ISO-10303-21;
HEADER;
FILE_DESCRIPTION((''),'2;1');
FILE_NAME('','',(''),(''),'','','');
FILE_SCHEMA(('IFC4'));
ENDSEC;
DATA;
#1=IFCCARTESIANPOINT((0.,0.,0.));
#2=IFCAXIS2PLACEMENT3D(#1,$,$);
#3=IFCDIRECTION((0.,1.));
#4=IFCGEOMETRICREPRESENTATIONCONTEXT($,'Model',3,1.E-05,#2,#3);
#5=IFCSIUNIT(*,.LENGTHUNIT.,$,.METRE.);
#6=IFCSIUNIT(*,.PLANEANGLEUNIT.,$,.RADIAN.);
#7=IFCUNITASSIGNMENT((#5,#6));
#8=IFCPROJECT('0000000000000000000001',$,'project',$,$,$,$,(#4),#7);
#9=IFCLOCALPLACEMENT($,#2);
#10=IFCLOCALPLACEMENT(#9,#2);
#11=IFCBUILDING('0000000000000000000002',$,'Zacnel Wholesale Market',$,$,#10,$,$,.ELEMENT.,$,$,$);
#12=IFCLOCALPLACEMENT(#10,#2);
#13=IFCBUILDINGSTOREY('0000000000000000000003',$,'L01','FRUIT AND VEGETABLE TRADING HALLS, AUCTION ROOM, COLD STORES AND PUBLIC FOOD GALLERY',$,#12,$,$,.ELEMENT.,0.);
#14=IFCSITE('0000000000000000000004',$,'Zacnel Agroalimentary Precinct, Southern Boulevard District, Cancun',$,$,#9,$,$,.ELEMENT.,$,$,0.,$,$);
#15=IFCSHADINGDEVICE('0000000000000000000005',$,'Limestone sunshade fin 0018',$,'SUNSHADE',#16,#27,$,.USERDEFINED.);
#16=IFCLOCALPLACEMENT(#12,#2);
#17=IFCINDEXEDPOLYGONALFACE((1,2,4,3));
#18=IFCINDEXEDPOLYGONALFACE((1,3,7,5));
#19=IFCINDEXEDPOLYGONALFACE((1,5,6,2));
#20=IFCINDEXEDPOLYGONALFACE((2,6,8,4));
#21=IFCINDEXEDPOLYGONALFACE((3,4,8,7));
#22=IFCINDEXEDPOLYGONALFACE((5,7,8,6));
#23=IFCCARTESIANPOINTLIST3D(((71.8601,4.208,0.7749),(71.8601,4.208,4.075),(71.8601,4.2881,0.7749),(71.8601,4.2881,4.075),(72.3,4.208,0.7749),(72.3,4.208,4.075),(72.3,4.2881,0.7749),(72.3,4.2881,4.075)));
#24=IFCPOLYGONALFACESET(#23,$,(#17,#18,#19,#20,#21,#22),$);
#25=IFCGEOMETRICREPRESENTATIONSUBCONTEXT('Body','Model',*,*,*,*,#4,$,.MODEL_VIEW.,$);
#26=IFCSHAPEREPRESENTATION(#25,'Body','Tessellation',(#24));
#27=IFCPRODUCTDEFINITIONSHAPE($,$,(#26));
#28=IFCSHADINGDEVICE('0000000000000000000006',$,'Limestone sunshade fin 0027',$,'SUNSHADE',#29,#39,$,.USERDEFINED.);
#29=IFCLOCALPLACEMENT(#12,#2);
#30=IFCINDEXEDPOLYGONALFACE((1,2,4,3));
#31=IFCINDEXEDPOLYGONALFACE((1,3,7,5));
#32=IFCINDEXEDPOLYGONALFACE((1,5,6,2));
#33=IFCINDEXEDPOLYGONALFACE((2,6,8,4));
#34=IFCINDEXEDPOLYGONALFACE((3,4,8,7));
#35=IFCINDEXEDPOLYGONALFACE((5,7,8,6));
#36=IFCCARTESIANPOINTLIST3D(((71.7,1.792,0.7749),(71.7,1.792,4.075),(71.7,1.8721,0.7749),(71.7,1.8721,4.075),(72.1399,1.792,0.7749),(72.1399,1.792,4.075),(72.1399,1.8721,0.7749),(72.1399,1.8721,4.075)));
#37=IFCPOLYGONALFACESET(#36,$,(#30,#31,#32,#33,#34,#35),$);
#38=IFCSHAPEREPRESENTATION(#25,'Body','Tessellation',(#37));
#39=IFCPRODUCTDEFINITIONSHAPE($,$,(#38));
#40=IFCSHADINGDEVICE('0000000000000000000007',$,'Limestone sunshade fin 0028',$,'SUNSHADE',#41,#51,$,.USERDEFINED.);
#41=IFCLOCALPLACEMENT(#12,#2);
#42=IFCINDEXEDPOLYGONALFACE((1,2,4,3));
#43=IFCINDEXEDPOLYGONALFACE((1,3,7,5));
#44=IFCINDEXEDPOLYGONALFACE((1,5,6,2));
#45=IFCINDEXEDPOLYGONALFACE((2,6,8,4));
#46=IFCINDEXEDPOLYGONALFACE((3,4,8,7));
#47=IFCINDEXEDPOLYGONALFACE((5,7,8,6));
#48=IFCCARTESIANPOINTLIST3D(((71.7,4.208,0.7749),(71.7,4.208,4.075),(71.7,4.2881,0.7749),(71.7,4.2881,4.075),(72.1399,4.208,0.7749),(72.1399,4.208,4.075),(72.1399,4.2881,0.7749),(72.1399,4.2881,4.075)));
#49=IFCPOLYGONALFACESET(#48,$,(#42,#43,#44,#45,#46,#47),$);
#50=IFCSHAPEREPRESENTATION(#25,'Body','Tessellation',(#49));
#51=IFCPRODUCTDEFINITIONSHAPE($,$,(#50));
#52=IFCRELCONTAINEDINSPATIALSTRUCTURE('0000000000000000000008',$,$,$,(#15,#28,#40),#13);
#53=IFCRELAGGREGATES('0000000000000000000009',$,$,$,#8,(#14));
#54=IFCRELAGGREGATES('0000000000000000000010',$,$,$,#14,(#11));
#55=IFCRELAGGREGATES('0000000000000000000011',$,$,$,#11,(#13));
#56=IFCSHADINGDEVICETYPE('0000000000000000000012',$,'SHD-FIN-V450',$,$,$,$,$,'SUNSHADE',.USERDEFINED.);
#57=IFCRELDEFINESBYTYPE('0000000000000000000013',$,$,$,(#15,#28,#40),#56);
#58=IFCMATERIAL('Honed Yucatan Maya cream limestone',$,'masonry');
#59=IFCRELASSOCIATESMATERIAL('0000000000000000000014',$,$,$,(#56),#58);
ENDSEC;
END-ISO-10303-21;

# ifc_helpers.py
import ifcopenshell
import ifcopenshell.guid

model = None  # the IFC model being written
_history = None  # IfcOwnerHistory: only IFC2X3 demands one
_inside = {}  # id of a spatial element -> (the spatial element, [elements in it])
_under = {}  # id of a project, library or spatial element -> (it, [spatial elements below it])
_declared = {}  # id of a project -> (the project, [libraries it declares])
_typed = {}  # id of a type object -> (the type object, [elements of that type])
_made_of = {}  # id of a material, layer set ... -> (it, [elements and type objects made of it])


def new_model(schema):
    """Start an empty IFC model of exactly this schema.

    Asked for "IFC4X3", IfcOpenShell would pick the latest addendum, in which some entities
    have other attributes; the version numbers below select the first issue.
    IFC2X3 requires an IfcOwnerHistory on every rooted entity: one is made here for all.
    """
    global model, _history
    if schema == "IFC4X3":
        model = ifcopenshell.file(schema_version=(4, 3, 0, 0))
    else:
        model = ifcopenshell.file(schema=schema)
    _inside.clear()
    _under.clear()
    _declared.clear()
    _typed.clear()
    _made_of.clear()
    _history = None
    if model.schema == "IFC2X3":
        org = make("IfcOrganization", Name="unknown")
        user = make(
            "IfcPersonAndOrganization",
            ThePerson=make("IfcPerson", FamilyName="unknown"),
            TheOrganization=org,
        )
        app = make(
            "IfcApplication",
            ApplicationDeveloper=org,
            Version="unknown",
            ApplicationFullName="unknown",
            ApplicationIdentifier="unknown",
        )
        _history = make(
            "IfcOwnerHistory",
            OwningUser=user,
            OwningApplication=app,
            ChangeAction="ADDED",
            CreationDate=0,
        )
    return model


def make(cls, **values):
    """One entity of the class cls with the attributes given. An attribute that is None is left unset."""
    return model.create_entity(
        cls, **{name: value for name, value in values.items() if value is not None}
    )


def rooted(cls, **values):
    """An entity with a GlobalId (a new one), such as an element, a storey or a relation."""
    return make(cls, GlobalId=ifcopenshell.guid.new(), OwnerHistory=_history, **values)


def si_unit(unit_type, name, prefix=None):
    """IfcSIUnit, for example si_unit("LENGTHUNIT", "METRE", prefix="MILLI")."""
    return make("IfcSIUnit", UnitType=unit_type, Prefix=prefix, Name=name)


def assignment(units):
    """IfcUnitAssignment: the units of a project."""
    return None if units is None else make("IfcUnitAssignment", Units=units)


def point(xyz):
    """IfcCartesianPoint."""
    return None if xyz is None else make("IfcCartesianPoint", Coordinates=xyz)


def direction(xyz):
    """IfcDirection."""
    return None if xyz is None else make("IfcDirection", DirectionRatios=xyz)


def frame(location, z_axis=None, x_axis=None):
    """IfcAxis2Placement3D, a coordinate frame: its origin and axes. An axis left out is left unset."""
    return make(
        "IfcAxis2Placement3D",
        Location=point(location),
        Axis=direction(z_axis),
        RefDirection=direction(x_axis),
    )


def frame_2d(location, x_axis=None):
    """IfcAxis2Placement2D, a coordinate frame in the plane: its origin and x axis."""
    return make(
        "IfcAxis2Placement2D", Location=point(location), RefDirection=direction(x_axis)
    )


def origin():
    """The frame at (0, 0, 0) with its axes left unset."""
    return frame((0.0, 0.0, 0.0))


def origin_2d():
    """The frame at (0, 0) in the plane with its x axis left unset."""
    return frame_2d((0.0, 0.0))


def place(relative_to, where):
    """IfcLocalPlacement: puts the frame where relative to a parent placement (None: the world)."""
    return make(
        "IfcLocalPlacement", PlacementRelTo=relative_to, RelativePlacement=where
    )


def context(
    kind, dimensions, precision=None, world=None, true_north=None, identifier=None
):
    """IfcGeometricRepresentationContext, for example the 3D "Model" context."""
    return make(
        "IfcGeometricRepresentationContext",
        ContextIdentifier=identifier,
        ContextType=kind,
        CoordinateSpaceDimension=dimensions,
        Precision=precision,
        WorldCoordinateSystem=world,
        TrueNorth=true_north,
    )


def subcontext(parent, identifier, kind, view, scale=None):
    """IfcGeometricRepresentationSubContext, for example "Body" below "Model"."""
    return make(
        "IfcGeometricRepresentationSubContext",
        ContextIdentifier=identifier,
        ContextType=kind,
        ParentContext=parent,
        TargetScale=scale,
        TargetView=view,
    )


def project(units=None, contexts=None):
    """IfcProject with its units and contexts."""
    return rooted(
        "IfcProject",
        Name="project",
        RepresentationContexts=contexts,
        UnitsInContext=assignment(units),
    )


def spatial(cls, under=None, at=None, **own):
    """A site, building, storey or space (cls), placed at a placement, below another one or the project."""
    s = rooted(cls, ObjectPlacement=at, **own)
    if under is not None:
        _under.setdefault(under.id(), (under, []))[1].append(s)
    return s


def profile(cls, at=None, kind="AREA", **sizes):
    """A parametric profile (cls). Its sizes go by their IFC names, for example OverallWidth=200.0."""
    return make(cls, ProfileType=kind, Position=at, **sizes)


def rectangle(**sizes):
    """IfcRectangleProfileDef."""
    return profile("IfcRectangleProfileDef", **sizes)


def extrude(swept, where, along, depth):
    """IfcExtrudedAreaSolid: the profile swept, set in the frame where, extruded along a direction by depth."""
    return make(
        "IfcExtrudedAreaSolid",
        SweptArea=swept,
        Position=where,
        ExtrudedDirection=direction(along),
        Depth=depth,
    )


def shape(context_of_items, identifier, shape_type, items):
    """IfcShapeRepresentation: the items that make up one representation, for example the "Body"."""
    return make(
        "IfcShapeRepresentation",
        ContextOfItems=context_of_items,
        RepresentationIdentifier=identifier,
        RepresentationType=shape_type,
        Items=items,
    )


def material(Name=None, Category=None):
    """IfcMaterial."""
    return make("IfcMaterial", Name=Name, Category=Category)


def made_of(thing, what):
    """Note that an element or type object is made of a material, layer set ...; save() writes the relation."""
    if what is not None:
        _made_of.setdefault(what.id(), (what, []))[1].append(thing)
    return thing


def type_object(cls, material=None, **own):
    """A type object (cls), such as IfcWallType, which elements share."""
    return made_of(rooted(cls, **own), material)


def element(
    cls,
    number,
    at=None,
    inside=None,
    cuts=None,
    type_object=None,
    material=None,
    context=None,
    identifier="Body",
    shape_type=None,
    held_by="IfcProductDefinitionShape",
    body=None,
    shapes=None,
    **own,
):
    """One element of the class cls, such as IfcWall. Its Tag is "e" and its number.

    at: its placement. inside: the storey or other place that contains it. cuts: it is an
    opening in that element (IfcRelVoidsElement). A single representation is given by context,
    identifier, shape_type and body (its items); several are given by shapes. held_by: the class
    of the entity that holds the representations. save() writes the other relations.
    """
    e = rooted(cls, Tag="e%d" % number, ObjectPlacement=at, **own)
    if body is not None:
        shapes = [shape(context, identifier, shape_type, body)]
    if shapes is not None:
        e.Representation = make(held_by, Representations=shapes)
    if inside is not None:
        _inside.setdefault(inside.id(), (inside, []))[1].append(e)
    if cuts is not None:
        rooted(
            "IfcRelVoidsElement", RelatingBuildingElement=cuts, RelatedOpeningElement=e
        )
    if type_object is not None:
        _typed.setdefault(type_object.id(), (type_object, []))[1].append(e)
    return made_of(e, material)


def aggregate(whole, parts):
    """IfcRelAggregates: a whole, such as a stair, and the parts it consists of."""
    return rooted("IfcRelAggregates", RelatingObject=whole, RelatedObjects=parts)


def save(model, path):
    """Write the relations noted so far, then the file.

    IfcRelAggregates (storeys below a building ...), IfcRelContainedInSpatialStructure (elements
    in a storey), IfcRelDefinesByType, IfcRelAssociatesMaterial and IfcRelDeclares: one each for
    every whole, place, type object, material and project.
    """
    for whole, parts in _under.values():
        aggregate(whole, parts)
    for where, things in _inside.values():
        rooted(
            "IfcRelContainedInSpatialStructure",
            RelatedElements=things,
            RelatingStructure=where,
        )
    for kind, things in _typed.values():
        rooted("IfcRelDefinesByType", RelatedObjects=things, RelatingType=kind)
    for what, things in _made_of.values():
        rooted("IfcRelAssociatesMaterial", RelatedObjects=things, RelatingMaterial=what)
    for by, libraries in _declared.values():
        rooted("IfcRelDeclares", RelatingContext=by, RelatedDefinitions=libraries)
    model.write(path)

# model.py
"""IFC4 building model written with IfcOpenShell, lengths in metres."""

from ifc_helpers import new_model, si_unit, direction, frame, origin, origin_2d, place, context, subcontext, project, spatial, rectangle, extrude, material, type_object, element, save


model = new_model("IFC4")

# Units and contexts
model_context = context("Model", 3, precision=1e-05, world=origin(), true_north=direction((0.0, 1.0)))
body_context = subcontext(model_context, "Body", "Model", "MODEL_VIEW")
ifc_project = project(units=[si_unit("LENGTHUNIT", "METRE"), si_unit("PLANEANGLEUNIT", "RADIAN")], contexts=[model_context])

# Site, building, storey
site_placement = place(None, origin())
site = spatial("IfcSite", under=ifc_project, at=site_placement, Name="Zacnel Agroalimentary Precinct, Southern Boulevard District, Cancun", CompositionType="ELEMENT", RefElevation=0.0)
building_placement = place(site_placement, origin())
building = spatial("IfcBuilding", under=site, at=building_placement, Name="Zacnel Wholesale Market", CompositionType="ELEMENT")
storey_placement = place(building_placement, origin())
storey = spatial("IfcBuildingStorey", under=building, at=storey_placement, Name="L01", Description="FRUIT AND VEGETABLE TRADING HALLS, AUCTION ROOM, COLD STORES AND PUBLIC FOOD GALLERY", CompositionType="ELEMENT", Elevation=0.0)

# Shading devices
ifc_material_1 = material(Name="Honed Yucatan Maya cream limestone", Category="masonry")
shading_device_type = type_object("IfcShadingDeviceType", Name="SHD-FIN-V450", ElementType="SUNSHADE", PredefinedType="USERDEFINED", material=ifc_material_1)
for number, where, z_axis, x_axis, name in (
    (1, (72.0801, 4.248, 0.7749), (0.0, 0.0, 1.0), (0.0, 1.0, 0.0), "Limestone sunshade fin 0018"),
    (2, (71.9199, 1.832, 0.7749), (0.0, 0.0, 1.0), (0.0, 1.0, 0.0), "Limestone sunshade fin 0027"),
    (3, (71.9199, 4.248, 0.7749), (0.0, 0.0, 1.0), (0.0, 1.0, 0.0), "Limestone sunshade fin 0028"),
):
    element("IfcShadingDevice", number, at=place(storey_placement, frame(where, z_axis=z_axis, x_axis=x_axis)), inside=storey, type_object=shading_device_type, Name=name, ObjectType="SUNSHADE", PredefinedType="USERDEFINED", context=body_context, shape_type="SweptSolid", body=[
        extrude(rectangle(XDim=0.0801, YDim=0.4399, at=origin_2d()), origin(), (0.0, 0.0, 1.0), 3.3),
    ])

save(model, "model.ifc")
